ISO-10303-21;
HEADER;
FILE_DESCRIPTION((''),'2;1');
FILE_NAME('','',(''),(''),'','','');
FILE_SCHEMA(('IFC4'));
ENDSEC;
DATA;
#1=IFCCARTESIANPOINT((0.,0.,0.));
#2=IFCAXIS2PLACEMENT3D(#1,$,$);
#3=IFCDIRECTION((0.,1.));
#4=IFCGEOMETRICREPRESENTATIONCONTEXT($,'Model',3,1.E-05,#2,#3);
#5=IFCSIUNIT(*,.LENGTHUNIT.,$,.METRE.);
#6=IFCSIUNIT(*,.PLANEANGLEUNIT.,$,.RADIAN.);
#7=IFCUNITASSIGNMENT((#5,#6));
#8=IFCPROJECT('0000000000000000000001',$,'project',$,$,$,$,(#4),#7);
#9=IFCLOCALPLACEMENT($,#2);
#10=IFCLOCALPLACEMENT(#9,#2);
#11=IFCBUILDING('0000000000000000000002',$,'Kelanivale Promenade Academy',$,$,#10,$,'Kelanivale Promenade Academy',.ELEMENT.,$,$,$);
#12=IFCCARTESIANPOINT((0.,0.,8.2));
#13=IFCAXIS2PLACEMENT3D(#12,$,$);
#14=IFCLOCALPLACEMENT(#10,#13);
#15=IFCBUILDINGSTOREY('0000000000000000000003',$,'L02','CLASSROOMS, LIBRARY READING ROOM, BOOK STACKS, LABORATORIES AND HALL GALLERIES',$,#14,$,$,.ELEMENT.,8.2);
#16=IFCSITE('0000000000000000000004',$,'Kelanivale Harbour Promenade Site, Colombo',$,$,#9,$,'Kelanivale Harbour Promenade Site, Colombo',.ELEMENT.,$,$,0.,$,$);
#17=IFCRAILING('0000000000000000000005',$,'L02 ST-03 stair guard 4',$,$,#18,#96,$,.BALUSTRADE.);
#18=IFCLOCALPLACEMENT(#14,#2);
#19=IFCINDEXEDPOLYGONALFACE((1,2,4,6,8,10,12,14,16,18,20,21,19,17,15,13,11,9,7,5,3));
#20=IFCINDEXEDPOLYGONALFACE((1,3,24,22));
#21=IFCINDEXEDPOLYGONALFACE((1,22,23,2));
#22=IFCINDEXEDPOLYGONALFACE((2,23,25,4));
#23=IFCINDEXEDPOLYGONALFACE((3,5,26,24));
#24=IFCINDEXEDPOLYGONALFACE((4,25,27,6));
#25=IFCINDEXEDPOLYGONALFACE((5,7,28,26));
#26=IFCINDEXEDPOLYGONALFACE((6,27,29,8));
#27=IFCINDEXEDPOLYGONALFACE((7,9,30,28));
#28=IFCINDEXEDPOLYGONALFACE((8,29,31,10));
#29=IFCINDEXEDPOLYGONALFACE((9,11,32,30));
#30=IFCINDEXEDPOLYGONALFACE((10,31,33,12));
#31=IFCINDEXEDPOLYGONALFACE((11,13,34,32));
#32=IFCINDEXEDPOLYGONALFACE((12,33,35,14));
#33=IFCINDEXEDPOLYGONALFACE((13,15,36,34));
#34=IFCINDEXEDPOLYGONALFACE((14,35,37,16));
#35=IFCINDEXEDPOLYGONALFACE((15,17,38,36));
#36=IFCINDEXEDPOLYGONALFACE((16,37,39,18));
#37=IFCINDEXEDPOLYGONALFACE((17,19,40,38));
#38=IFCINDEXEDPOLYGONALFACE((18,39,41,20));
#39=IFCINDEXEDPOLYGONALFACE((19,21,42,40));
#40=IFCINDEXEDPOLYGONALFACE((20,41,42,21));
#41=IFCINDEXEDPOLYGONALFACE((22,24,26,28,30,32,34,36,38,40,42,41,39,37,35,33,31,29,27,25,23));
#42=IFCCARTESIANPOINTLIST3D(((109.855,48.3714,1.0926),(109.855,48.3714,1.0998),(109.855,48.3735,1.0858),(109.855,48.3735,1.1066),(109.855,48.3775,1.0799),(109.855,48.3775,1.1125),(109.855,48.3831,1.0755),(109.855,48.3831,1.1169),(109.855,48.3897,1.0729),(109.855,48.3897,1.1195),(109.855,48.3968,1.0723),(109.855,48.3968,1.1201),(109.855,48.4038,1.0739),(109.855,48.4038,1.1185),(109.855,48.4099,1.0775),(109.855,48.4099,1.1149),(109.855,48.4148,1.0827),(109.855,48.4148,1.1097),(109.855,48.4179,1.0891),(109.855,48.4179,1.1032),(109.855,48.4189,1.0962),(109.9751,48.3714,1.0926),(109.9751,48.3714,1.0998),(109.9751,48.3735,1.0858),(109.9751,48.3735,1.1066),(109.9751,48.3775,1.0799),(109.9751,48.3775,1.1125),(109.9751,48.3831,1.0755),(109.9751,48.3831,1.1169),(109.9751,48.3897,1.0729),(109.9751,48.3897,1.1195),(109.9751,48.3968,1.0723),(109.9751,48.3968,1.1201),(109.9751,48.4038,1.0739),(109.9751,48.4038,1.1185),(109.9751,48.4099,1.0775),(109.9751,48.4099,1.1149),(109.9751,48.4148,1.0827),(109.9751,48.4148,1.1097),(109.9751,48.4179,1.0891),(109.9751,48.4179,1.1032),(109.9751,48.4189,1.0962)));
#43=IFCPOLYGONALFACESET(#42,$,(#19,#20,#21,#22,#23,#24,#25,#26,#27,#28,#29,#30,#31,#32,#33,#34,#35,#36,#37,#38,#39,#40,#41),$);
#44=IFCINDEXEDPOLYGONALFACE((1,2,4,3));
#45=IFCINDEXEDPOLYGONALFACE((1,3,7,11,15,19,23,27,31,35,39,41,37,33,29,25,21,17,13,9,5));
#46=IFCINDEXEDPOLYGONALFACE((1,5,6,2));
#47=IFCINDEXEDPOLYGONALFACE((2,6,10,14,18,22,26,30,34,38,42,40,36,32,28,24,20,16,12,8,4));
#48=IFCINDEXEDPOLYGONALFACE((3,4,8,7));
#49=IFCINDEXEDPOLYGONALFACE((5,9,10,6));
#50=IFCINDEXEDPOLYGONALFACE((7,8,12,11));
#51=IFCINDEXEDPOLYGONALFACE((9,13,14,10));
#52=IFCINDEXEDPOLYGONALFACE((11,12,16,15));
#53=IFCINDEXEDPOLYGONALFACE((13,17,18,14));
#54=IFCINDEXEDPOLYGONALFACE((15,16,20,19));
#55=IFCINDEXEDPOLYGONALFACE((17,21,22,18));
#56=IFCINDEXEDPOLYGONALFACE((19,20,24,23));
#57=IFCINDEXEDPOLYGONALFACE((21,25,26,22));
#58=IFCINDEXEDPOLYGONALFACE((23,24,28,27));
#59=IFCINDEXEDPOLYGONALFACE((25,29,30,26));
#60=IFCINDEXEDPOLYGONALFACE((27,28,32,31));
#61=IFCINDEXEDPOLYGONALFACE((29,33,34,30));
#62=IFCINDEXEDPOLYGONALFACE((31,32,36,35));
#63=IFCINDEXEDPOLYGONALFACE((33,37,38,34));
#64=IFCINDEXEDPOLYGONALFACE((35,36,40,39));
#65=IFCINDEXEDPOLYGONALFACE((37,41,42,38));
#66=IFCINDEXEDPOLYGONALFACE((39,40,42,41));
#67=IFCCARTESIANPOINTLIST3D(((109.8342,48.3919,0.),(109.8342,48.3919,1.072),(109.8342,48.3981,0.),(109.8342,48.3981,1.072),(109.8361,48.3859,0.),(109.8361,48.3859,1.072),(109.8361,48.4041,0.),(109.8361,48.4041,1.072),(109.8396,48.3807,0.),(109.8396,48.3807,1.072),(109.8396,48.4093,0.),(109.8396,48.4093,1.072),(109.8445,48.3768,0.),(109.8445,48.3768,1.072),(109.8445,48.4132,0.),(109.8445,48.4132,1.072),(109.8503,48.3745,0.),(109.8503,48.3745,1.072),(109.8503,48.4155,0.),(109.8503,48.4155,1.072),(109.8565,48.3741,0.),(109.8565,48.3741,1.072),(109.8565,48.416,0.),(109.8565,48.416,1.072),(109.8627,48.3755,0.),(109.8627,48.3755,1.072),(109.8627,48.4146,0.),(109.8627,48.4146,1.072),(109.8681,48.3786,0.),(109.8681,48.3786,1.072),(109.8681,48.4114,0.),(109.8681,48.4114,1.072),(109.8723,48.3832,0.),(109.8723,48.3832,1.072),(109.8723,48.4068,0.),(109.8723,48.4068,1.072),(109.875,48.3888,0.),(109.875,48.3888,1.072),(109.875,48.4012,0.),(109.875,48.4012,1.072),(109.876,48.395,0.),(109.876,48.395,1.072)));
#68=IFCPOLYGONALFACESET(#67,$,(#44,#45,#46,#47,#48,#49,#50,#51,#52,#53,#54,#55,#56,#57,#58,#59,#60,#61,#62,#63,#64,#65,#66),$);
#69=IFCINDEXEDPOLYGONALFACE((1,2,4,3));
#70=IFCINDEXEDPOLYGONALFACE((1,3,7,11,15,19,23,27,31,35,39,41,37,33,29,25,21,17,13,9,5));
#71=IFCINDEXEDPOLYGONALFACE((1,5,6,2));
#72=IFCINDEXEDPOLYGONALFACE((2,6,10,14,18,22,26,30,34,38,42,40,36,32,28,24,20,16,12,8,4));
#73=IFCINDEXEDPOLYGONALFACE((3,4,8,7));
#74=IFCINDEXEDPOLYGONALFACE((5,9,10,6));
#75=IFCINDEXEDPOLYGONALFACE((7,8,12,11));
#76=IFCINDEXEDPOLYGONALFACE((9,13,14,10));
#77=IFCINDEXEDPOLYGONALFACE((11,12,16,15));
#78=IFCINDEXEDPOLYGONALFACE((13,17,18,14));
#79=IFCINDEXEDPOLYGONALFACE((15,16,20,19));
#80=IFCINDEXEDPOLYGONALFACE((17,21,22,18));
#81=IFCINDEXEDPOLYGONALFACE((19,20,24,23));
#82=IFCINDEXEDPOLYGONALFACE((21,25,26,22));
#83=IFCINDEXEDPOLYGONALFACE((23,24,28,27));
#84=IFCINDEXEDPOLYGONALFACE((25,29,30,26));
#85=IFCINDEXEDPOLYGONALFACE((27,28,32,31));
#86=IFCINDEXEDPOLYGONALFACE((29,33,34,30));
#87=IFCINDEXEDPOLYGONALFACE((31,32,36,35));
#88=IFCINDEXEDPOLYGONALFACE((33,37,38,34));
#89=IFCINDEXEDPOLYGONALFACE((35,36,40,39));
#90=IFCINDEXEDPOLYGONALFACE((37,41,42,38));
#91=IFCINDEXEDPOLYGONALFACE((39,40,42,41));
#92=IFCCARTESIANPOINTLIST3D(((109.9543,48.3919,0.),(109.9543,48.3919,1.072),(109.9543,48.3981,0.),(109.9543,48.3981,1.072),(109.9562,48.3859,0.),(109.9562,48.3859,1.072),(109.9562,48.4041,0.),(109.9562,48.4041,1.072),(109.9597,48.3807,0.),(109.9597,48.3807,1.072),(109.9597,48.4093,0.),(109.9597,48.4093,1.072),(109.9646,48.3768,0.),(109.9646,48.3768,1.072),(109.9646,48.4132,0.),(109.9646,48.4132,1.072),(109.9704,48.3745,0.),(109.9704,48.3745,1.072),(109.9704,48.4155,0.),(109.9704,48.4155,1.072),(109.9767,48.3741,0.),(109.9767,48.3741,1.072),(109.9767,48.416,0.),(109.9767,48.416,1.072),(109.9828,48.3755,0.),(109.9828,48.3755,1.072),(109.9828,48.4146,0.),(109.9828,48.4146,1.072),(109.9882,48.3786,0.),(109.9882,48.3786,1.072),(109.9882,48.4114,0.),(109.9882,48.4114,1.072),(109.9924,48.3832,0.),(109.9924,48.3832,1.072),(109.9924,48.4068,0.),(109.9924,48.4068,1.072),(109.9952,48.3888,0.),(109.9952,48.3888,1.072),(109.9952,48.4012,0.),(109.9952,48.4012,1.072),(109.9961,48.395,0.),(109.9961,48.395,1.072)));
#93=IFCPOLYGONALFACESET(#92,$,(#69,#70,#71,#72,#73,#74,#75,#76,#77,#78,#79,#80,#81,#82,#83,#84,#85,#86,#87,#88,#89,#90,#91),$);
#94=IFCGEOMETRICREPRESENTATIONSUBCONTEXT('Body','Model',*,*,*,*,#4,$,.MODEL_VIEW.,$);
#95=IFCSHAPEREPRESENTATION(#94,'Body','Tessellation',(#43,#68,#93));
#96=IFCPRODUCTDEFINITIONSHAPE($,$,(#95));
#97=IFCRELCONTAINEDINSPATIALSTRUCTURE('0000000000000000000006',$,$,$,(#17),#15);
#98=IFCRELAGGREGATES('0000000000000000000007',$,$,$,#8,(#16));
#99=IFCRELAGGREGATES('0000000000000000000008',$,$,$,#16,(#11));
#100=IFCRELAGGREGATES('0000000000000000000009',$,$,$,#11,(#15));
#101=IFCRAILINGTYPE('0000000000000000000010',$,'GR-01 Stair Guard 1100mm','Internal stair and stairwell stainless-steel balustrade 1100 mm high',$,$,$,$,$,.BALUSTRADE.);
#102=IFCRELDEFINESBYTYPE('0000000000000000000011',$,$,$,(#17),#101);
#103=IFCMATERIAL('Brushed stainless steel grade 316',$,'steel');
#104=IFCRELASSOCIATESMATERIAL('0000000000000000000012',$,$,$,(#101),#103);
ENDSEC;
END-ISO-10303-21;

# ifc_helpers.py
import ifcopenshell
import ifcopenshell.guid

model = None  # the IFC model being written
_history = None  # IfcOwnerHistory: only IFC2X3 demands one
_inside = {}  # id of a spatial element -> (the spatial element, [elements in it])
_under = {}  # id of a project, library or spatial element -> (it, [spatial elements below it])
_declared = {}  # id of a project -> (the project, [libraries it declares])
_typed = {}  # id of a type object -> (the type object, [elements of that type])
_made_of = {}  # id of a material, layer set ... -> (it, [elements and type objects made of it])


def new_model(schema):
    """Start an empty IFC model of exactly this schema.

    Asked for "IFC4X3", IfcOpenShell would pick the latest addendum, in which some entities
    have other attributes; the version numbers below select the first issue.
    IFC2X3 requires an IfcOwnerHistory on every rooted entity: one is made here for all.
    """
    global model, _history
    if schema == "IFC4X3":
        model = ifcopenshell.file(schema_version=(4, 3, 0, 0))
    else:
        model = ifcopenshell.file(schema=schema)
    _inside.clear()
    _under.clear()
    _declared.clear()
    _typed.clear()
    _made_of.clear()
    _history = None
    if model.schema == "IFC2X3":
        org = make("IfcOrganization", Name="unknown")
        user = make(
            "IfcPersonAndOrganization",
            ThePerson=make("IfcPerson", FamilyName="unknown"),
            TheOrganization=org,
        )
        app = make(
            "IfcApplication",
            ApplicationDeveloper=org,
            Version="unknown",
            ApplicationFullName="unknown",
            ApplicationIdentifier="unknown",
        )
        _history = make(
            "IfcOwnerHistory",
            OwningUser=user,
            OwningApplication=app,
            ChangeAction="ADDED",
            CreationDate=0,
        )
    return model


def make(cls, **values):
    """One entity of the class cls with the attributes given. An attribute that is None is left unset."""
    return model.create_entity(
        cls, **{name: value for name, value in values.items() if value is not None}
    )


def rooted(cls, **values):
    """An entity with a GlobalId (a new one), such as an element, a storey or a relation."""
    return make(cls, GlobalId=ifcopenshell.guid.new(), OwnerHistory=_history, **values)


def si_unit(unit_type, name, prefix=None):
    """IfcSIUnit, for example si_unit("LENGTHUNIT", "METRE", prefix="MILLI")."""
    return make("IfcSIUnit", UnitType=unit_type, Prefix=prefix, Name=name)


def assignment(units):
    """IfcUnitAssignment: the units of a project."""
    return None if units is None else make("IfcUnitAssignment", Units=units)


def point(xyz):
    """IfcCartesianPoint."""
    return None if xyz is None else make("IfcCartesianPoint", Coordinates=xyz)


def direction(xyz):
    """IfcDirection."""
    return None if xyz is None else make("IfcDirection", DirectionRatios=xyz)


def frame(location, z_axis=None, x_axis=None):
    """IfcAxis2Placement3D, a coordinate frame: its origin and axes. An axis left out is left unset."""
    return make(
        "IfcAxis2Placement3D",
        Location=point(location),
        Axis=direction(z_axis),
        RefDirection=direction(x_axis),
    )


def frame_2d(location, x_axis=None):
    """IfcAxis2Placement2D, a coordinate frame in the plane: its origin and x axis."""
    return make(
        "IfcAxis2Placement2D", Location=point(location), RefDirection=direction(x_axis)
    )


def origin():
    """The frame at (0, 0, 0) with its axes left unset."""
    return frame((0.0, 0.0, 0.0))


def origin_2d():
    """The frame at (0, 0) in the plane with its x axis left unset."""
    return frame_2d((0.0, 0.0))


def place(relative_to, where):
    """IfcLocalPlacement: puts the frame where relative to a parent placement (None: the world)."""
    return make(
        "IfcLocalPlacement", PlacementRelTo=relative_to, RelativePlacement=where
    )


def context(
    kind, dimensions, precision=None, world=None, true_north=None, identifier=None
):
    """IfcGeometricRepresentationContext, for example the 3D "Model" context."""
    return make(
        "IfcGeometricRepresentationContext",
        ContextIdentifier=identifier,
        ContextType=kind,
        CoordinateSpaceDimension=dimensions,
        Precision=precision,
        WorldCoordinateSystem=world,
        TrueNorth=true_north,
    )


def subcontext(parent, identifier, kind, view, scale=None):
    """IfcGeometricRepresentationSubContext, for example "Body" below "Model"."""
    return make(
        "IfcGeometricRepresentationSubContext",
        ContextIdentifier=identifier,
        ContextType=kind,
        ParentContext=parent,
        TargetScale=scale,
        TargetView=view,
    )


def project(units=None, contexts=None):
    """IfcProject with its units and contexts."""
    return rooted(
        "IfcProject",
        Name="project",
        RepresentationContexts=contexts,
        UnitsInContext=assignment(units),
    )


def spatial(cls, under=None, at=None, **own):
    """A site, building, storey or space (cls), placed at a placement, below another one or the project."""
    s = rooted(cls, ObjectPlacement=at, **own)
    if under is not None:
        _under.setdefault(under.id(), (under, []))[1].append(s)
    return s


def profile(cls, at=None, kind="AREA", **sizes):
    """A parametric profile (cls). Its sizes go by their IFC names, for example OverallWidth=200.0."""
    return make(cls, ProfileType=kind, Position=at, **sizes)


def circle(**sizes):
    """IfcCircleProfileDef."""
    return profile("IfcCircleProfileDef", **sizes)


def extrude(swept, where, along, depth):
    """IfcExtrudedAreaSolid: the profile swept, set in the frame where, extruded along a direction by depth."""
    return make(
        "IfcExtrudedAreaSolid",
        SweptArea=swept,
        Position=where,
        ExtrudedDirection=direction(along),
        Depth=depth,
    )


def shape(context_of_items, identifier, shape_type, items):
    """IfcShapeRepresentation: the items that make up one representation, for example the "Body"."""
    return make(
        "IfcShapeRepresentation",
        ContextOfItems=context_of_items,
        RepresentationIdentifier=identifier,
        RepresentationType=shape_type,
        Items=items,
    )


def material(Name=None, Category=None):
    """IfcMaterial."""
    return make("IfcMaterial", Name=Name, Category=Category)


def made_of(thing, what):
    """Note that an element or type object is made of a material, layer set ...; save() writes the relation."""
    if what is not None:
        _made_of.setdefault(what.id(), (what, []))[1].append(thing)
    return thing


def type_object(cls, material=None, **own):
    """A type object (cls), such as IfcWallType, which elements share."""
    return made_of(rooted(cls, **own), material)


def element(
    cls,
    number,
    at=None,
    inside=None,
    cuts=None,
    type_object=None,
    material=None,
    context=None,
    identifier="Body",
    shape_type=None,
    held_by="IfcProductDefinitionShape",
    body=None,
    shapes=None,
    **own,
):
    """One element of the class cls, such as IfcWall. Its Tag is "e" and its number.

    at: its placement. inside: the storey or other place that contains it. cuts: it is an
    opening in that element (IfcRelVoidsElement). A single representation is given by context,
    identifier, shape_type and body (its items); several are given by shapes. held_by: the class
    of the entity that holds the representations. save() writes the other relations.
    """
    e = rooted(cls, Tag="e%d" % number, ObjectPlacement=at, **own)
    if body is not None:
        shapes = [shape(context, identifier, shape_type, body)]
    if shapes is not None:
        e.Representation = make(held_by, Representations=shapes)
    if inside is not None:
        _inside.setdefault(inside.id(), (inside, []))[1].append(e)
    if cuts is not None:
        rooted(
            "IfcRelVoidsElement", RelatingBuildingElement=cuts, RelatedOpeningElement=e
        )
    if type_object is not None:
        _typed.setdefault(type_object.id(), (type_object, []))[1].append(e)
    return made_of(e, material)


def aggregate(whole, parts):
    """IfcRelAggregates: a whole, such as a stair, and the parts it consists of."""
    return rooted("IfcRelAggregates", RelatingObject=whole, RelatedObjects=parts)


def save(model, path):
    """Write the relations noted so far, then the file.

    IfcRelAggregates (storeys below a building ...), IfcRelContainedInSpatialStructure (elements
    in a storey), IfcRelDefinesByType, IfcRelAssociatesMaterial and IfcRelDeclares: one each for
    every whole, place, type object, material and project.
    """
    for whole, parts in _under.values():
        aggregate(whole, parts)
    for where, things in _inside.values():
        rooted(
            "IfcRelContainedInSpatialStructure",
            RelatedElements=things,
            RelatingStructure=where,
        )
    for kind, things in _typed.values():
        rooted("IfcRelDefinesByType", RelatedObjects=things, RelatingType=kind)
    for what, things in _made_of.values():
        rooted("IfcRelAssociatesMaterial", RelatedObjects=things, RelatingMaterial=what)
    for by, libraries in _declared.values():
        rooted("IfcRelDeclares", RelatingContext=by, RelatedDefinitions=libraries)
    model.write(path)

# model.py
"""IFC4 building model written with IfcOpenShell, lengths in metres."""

from ifc_helpers import new_model, si_unit, direction, frame, origin, origin_2d, place, context, subcontext, project, spatial, circle, extrude, material, type_object, element, save


model = new_model("IFC4")

# Units and contexts
model_context = context("Model", 3, precision=1e-05, world=origin(), true_north=direction((0.0, 1.0)))
body_context = subcontext(model_context, "Body", "Model", "MODEL_VIEW")
ifc_project = project(units=[si_unit("LENGTHUNIT", "METRE"), si_unit("PLANEANGLEUNIT", "RADIAN")], contexts=[model_context])

# Site, building, storey
site_placement = place(None, origin())
site = spatial("IfcSite", under=ifc_project, at=site_placement, Name="Kelanivale Harbour Promenade Site, Colombo", LongName="Kelanivale Harbour Promenade Site, Colombo", CompositionType="ELEMENT", RefElevation=0.0)
building_placement = place(site_placement, origin())
building = spatial("IfcBuilding", under=site, at=building_placement, Name="Kelanivale Promenade Academy", LongName="Kelanivale Promenade Academy", CompositionType="ELEMENT")
storey_placement = place(building_placement, frame((0.0, 0.0, 8.2)))
storey = spatial("IfcBuildingStorey", under=building, at=storey_placement, Name="L02", Description="CLASSROOMS, LIBRARY READING ROOM, BOOK STACKS, LABORATORIES AND HALL GALLERIES", CompositionType="ELEMENT", Elevation=8.2)

# Railing
ifc_material_1 = material(Name="Brushed stainless steel grade 316", Category="steel")
railing_type_1 = type_object("IfcRailingType", Name="GR-01 Stair Guard 1100mm", Description="Internal stair and stairwell stainless-steel balustrade 1100 mm high", PredefinedType="BALUSTRADE", material=ifc_material_1)
railing_1_placement = place(storey_placement, frame((109.855, 48.395, 0.0)))
element("IfcRailing", 1, at=railing_1_placement, inside=storey, type_object=railing_type_1, Name="L02 ST-03 stair guard 4", PredefinedType="BALUSTRADE", context=body_context, shape_type="SweptSolid", body=[
    extrude(circle(Radius=0.0239, at=origin_2d()), frame((0.0, 0.0, 1.0962), z_axis=(1.0, 0.0, 0.0), x_axis=(0.0, 1.0, 0.0)), (0.0, 0.0, 1.0), 0.1201),
    extrude(circle(Radius=0.021, at=origin_2d()), origin(), (0.0, 0.0, 1.0), 1.072),
    extrude(circle(Radius=0.021, at=origin_2d()), frame((0.1201, 0.0, 0.0)), (0.0, 0.0, 1.0), 1.072),
])

save(model, "model.ifc")
